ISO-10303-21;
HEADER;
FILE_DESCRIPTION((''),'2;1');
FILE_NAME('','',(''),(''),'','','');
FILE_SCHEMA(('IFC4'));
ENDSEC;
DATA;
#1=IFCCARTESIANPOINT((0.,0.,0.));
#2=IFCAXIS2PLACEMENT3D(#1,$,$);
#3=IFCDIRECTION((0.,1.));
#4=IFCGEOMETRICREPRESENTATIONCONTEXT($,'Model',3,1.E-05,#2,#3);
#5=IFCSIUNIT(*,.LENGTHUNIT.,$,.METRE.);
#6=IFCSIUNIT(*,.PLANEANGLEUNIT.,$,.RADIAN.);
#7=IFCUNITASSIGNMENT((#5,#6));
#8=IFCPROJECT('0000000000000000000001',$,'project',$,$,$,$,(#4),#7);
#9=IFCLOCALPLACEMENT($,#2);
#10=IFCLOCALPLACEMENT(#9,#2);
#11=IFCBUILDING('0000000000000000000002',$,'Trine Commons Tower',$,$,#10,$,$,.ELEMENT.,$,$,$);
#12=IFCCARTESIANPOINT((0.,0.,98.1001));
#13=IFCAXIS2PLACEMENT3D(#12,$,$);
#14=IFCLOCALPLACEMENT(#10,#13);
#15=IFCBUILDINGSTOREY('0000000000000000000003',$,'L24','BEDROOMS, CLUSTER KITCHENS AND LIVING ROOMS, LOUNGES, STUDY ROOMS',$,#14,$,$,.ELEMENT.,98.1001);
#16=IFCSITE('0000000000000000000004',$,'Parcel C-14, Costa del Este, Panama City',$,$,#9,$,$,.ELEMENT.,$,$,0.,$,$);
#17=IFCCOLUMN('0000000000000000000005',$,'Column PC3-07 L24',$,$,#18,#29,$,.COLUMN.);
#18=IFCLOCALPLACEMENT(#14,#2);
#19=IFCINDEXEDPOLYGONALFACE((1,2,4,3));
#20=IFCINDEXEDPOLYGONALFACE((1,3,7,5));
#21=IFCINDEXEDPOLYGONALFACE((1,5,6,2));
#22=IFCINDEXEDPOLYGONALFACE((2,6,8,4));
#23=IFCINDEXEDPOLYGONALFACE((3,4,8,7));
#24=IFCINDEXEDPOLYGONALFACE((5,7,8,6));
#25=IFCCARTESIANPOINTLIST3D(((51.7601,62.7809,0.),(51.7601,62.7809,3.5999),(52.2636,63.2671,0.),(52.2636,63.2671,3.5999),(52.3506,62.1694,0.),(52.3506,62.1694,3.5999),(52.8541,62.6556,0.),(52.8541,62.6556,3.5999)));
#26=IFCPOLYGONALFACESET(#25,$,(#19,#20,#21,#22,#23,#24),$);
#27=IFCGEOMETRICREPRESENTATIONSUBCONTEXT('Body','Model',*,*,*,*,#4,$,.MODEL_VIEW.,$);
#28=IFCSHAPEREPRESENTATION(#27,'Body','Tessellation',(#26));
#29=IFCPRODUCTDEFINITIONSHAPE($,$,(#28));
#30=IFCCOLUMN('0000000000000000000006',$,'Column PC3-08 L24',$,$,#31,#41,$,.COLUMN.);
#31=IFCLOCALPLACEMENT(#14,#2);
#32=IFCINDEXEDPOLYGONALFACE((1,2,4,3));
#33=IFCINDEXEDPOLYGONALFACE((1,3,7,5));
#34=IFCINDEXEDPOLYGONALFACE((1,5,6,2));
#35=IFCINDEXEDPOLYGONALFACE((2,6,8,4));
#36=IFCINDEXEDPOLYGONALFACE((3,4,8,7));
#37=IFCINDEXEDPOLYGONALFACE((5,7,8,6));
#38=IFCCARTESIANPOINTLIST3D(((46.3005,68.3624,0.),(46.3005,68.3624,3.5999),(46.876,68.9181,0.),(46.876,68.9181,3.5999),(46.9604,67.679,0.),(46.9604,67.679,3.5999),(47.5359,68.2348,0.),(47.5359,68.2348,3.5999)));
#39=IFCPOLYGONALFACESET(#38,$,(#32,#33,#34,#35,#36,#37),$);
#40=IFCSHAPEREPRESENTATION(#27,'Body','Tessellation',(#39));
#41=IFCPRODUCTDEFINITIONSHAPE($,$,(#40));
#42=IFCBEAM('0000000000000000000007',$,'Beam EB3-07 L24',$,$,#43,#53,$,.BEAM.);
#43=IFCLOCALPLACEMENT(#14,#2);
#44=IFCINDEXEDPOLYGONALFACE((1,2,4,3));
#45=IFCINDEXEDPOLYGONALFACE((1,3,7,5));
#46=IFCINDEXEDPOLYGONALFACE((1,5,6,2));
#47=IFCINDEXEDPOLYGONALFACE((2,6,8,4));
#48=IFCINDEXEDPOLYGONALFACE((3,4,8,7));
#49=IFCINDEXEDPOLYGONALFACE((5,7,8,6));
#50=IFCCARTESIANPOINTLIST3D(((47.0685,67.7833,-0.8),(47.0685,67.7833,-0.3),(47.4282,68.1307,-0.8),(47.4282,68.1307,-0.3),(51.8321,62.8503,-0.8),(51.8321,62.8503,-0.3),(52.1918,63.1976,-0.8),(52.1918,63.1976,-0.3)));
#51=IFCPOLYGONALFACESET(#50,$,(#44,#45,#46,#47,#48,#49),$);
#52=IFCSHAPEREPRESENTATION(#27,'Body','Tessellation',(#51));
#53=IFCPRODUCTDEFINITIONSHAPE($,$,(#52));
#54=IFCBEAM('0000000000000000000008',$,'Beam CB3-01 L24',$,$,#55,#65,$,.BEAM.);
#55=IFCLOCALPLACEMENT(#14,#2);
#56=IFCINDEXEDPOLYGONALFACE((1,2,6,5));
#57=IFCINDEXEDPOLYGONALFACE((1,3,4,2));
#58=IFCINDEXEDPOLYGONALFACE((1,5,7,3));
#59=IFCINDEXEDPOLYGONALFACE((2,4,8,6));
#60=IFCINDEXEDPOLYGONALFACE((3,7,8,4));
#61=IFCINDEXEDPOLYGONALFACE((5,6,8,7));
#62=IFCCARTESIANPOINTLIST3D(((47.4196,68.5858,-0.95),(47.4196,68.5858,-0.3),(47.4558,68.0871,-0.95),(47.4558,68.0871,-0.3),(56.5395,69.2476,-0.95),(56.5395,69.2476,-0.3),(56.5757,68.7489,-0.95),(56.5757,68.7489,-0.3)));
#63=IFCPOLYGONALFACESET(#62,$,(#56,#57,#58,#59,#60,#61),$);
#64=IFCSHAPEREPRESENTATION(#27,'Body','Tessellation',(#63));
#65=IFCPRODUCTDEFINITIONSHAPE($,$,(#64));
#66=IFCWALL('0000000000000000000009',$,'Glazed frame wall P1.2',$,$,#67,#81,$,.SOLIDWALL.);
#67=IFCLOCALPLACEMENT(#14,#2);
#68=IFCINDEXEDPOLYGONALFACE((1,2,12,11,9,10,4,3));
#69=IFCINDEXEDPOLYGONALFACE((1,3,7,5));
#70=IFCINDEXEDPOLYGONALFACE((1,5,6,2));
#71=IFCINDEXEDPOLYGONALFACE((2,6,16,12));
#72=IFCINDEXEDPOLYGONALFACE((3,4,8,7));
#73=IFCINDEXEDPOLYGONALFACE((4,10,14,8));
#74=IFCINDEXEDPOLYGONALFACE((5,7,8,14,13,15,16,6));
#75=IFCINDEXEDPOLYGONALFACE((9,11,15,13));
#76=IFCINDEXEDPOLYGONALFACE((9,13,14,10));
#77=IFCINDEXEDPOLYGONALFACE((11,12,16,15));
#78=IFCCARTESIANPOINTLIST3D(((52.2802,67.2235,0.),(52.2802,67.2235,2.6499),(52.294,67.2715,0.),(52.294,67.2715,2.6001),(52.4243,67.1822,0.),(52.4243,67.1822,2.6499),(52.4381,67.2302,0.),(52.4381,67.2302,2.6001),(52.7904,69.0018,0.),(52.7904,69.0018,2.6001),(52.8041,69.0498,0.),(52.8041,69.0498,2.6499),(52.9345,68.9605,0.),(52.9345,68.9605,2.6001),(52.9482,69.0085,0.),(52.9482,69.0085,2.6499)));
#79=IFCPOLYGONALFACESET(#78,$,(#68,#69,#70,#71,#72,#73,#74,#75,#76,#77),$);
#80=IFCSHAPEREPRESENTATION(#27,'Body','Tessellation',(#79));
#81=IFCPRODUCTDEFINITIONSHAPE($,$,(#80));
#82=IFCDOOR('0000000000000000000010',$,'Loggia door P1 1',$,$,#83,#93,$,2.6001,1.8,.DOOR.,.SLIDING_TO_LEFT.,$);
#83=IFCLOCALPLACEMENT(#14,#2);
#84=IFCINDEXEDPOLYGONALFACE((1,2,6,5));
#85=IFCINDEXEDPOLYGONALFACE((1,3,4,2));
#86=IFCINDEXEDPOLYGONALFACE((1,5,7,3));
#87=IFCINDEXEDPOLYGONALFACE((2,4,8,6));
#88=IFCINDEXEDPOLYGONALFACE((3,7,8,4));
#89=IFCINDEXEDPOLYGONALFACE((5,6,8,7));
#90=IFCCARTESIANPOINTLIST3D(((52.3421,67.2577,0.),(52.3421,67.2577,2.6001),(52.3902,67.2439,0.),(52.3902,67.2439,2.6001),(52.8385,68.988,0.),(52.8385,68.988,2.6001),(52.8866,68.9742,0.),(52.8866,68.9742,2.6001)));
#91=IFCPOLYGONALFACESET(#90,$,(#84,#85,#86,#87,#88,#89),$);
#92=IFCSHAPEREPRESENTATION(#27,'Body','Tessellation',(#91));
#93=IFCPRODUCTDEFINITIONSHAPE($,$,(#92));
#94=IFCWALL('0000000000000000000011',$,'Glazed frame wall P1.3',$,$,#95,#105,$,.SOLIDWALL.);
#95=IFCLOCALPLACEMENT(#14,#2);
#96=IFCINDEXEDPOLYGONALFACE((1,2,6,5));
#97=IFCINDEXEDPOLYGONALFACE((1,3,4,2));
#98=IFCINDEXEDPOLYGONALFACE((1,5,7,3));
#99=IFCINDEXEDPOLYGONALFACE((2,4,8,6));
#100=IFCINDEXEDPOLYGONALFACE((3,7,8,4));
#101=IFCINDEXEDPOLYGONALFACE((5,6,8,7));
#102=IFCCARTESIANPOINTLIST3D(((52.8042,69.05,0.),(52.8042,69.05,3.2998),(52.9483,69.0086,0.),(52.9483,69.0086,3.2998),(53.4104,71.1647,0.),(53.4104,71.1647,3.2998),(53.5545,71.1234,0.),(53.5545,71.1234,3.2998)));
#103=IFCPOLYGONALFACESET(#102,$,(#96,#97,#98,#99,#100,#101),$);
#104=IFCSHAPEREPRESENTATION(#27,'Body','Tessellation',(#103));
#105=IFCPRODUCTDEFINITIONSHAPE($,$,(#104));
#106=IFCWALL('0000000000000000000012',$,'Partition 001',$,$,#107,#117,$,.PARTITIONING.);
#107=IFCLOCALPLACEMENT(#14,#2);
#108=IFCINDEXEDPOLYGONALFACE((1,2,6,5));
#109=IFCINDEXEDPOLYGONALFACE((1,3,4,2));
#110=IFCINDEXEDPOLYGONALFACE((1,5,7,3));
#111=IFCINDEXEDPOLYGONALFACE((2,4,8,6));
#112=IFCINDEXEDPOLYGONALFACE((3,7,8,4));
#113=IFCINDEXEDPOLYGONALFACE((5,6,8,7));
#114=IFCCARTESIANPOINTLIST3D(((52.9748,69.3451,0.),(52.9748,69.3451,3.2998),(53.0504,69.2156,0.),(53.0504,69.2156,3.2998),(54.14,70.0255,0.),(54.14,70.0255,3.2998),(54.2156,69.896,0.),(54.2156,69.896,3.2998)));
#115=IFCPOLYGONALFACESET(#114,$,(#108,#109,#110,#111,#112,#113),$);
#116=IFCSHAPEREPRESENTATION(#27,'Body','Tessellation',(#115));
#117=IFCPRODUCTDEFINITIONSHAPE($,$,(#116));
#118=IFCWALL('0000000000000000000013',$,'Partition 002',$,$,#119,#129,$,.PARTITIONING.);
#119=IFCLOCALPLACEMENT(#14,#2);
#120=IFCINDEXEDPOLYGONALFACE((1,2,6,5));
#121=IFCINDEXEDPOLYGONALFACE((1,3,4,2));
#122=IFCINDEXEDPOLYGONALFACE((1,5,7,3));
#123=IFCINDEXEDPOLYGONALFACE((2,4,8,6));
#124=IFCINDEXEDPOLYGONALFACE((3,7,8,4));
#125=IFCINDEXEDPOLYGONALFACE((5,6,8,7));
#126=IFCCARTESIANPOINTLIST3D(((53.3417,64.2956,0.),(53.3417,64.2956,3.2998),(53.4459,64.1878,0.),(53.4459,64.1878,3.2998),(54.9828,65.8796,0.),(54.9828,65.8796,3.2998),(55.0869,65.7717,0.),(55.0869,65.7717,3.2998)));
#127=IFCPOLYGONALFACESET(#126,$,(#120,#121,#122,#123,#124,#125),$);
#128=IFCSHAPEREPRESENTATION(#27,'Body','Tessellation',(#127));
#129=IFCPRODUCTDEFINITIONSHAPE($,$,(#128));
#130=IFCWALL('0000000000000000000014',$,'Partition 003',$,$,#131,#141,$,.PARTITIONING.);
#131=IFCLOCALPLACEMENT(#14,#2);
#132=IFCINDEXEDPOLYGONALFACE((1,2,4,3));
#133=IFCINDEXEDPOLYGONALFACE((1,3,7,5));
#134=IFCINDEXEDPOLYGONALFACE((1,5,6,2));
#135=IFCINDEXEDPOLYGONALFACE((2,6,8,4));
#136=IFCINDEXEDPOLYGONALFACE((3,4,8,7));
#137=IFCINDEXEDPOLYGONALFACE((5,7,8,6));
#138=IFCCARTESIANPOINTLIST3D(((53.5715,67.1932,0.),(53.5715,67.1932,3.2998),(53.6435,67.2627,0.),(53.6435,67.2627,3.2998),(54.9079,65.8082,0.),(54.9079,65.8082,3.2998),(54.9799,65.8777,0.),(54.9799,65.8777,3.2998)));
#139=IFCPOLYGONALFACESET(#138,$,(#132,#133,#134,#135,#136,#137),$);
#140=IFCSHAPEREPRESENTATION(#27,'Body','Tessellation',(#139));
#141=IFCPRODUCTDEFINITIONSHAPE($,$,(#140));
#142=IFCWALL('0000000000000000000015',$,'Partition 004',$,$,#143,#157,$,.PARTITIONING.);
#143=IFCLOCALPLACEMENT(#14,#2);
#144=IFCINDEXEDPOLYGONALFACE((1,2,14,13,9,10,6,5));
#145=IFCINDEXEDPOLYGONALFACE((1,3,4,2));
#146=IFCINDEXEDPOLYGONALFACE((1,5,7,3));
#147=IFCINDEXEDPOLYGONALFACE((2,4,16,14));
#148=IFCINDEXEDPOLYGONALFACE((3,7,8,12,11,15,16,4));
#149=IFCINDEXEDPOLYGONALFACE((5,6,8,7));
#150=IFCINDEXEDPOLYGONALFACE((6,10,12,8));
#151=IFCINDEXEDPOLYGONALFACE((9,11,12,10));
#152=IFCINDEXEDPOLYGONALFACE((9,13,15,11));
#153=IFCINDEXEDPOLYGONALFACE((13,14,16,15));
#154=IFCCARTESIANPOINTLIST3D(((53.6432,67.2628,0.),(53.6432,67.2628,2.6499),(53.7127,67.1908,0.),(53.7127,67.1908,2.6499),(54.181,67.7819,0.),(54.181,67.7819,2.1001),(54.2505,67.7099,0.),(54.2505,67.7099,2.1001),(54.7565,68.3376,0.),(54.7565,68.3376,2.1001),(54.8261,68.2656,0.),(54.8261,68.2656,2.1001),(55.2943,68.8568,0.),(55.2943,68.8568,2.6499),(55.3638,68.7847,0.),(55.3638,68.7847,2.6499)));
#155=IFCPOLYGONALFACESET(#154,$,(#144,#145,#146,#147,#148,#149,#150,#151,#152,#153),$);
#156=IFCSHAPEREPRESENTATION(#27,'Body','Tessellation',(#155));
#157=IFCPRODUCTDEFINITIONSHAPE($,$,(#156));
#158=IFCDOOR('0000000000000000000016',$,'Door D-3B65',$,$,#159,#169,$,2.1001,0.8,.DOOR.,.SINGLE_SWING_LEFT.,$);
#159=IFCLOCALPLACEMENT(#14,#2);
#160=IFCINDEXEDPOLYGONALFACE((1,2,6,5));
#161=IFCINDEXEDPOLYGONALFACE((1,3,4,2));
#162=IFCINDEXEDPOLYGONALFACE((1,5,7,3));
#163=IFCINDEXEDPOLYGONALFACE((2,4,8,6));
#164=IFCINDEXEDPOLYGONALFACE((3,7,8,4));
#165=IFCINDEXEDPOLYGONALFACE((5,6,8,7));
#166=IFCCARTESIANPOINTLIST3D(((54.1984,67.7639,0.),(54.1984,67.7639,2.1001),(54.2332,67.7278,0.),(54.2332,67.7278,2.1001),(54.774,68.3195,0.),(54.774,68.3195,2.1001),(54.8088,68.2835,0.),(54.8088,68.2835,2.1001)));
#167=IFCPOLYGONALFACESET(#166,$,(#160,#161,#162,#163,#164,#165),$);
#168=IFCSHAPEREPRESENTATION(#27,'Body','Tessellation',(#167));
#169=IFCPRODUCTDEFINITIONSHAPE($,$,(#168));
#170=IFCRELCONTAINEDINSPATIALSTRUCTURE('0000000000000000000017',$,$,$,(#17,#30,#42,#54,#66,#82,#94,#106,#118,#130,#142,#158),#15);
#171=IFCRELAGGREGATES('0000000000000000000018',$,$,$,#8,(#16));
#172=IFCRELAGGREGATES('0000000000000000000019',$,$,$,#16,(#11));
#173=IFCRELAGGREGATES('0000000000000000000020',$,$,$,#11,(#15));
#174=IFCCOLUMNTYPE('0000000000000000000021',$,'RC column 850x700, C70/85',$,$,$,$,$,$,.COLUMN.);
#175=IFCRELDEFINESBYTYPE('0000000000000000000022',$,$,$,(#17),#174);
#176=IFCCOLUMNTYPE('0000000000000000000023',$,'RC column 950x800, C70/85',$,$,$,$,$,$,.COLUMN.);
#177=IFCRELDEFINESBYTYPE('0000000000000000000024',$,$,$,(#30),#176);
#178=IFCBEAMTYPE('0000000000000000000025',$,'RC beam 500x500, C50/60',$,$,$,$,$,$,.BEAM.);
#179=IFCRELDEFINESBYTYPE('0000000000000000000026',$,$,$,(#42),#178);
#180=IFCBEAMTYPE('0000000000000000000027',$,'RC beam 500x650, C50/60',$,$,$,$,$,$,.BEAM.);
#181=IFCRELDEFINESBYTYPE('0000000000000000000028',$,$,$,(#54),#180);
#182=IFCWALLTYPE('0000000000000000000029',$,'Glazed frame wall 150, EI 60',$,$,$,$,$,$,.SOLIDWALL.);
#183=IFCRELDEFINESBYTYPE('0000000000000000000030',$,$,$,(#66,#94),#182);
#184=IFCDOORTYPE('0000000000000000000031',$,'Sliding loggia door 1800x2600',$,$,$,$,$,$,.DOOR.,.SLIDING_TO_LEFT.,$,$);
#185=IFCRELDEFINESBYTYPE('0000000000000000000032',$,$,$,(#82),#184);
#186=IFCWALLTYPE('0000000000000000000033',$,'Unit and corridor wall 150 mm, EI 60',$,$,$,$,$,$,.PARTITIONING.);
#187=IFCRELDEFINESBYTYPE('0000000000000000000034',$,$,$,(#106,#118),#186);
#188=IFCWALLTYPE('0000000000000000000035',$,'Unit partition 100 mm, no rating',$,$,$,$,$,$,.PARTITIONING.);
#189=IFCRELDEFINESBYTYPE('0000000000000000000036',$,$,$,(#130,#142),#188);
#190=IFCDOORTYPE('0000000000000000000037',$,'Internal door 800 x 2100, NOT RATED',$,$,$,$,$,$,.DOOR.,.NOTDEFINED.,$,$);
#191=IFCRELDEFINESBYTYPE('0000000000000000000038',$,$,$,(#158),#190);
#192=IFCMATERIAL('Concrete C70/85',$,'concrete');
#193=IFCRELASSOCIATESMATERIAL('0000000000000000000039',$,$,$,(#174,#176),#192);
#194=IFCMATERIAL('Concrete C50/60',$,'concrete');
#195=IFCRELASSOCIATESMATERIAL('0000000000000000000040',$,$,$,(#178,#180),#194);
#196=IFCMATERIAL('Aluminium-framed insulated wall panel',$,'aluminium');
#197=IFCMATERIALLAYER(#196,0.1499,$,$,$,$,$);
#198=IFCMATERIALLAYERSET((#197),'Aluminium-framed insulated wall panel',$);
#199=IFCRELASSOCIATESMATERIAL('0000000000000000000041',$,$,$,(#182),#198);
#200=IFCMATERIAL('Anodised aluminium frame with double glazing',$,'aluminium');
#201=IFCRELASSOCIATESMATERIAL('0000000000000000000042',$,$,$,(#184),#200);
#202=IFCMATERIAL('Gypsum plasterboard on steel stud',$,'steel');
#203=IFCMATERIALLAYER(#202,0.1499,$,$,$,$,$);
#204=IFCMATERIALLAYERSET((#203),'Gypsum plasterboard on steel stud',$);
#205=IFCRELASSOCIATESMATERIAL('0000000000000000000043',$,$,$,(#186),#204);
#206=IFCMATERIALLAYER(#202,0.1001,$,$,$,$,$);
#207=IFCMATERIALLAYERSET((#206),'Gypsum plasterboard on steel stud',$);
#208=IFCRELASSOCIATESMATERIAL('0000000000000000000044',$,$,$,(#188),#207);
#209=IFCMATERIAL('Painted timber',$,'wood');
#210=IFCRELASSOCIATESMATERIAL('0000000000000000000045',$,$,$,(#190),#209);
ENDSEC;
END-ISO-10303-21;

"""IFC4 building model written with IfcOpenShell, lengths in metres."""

from ifc_helpers import new_model, si_unit, direction, frame, frame_2d, origin, origin_2d, place, context, subcontext, project, spatial, polyline, rectangle, outline, extrude, material, layer, layer_set, material_profile, profile_set, type_object, element, fill, save


model = new_model("IFC4")

# Units and contexts
model_context = context("Model", 3, precision=1e-05, world=origin(), true_north=direction((0.0, 1.0)))
body_context = subcontext(model_context, "Body", "Model", "MODEL_VIEW")
ifc_project = project(units=[si_unit("LENGTHUNIT", "METRE"), si_unit("PLANEANGLEUNIT", "RADIAN")], contexts=[model_context])

# Site, building, storey
site_placement = place(None, origin())
site = spatial("IfcSite", under=ifc_project, at=site_placement, Name="Parcel C-14, Costa del Este, Panama City", CompositionType="ELEMENT", RefElevation=0.0)
building_placement = place(site_placement, origin())
building = spatial("IfcBuilding", under=site, at=building_placement, Name="Trine Commons Tower", CompositionType="ELEMENT")
storey_placement = place(building_placement, frame((0.0, 0.0, 98.1001)))
storey = spatial("IfcBuildingStorey", under=building, at=storey_placement, Name="L24", Description="BEDROOMS, CLUSTER KITCHENS AND LIVING ROOMS, LOUNGES, STUDY ROOMS", CompositionType="ELEMENT", Elevation=98.1001)

# Columns
ifc_material_1 = material(Name="Concrete C70/85", Category="concrete")
ifc_material_profile_1 = material_profile(ifc_material_1, rectangle(XDim=0.8501, YDim=0.7, at=origin_2d()), Name="RC 850x700")
ifc_profile_set_1 = profile_set([ifc_material_profile_1], Name="Concrete C70/85")
column_type_1 = type_object("IfcColumnType", Name="RC column 850x700, C70/85", PredefinedType="COLUMN", material=ifc_profile_set_1)
column_1_placement = place(storey_placement, frame((52.3071, 62.7183, 0.0), z_axis=(0.0, 0.0, 1.0), x_axis=(-0.694658, 0.71934, 0.0)))
element("IfcColumn", 1, at=column_1_placement, inside=storey, type_object=column_type_1, Name="Column PC3-07 L24", PredefinedType="COLUMN", context=body_context, shape_type="SweptSolid", body=[
    extrude(rectangle(XDim=0.8501, YDim=0.7, at=origin_2d()), origin(), (0.0, 0.0, 1.0), 3.5999),
])
ifc_material_profile_2 = material_profile(ifc_material_1, rectangle(XDim=0.95, YDim=0.8, at=origin_2d()), Name="RC 950x800")
ifc_profile_set_2 = profile_set([ifc_material_profile_2], Name="Concrete C70/85")
column_type_2 = type_object("IfcColumnType", Name="RC column 950x800, C70/85", PredefinedType="COLUMN", material=ifc_profile_set_2)
column_2_placement = place(storey_placement, frame((46.9182, 68.2986, 0.0), z_axis=(0.0, 0.0, 1.0), x_axis=(-0.694658, 0.71934, 0.0)))
element("IfcColumn", 2, at=column_2_placement, inside=storey, type_object=column_type_2, Name="Column PC3-08 L24", PredefinedType="COLUMN", context=body_context, shape_type="SweptSolid", body=[
    extrude(rectangle(XDim=0.95, YDim=0.8, at=origin_2d()), origin(), (0.0, 0.0, 1.0), 3.5999),
])

# Beams
ifc_material_2 = material(Name="Concrete C50/60", Category="concrete")
ifc_material_profile_3 = material_profile(ifc_material_2, rectangle(XDim=0.5, YDim=0.5, at=origin_2d()), Name="RC 500x500")
ifc_profile_set_3 = profile_set([ifc_material_profile_3], Name="Concrete C50/60")
beam_type_1 = type_object("IfcBeamType", Name="RC beam 500x500, C50/60", PredefinedType="BEAM", material=ifc_profile_set_3)
beam_1_placement = place(storey_placement, frame((52.012, 63.0239, -0.55), z_axis=(-0.694645, 0.719352, 0.0), x_axis=(-0.719352, -0.694645, 0.0)))
element("IfcBeam", 3, at=beam_1_placement, inside=storey, type_object=beam_type_1, Name="Beam EB3-07 L24", PredefinedType="BEAM", context=body_context, shape_type="SweptSolid", body=[
    extrude(rectangle(XDim=0.5, YDim=0.5, at=origin_2d()), origin(), (0.0, 0.0, 1.0), 6.8577),
])
ifc_material_profile_4 = material_profile(ifc_material_2, rectangle(XDim=0.5, YDim=0.6499, at=origin_2d()), Name="RC 500x650")
ifc_profile_set_4 = profile_set([ifc_material_profile_4], Name="Concrete C50/60")
beam_type_2 = type_object("IfcBeamType", Name="RC beam 500x650, C50/60", PredefinedType="BEAM", material=ifc_profile_set_4)
beam_2_placement = place(storey_placement, frame((47.4377, 68.3364, -0.625), z_axis=(0.997377, 0.072384, 0.0), x_axis=(-0.072384, 0.997377, 0.0)))
element("IfcBeam", 4, at=beam_2_placement, inside=storey, type_object=beam_type_2, Name="Beam CB3-01 L24", PredefinedType="BEAM", context=body_context, shape_type="SweptSolid", body=[
    extrude(rectangle(XDim=0.5, YDim=0.6499, at=origin_2d()), origin(), (0.0, 0.0, 1.0), 9.1438),
])

# Shared definitions
ifc_material_3 = material(Name="Aluminium-framed insulated wall panel", Category="aluminium")
ifc_layer_1 = layer(ifc_material_3, 0.1499)
ifc_layer_set_1 = layer_set([ifc_layer_1], Name="Aluminium-framed insulated wall panel")
wall_type_1 = type_object("IfcWallType", Name="Glazed frame wall 150, EI 60", PredefinedType="SOLIDWALL", material=ifc_layer_set_1)

# Wall, opening, door
wall_1_placement = place(storey_placement, frame((52.3523, 67.2029, 0.0), z_axis=(0.0, 0.0, 1.0), x_axis=(0.275739, 0.961232, 0.0)))
wall_1 = element("IfcWall", 5, at=wall_1_placement, inside=storey, type_object=wall_type_1, Name="Glazed frame wall P1.2", PredefinedType="SOLIDWALL", context=body_context, shape_type="SweptSolid", body=[
    extrude(outline(polyline([(0.0, -0.075), (1.8999, -0.075), (1.8999, 0.075), (0.0, 0.075), (0.0, -0.075)])), origin(), (0.0, 0.0, 1.0), 2.6499),
])
opening_1_placement = place(wall_1_placement, frame((0.05, 0.0, 0.0)))
opening_1 = element("IfcOpeningElement", 6, at=opening_1_placement, cuts=wall_1, PredefinedType="OPENING", context=body_context, shape_type="SweptSolid", body=[
    extrude(rectangle(XDim=1.8, YDim=2.6001, at=frame_2d((0.8999, 1.3))), frame((0.0, 0.085, 0.0), z_axis=(0.0, -1.0, 0.0), x_axis=(1.0, 0.0, 0.0)), (0.0, 0.0, 1.0), 0.1699),
])
ifc_material_4 = material(Name="Anodised aluminium frame with double glazing", Category="aluminium")
door_type_1 = type_object("IfcDoorType", Name="Sliding loggia door 1800x2600", OperationType="SLIDING_TO_LEFT", PredefinedType="DOOR", material=ifc_material_4)
door_1_placement = place(opening_1_placement, origin())
door_1 = element("IfcDoor", 7, at=door_1_placement, inside=storey, type_object=door_type_1, Name="Loggia door P1 1", OperationType="SLIDING_TO_LEFT", OverallHeight=2.6001, OverallWidth=1.8, PredefinedType="DOOR", context=body_context, shape_type="SweptSolid", body=[
    extrude(rectangle(XDim=1.8, YDim=2.6001, at=frame_2d((0.8999, 1.3))), frame((0.0, 0.0249, 0.0), z_axis=(0.0, -1.0, 0.0), x_axis=(1.0, 0.0, 0.0)), (0.0, 0.0, 1.0), 0.05),
])
fill(opening_1, door_1)

# Walls
wall_2_placement = place(storey_placement, frame((52.8762, 69.0293, 0.0), z_axis=(0.0, 0.0, 1.0), x_axis=(0.275556, 0.961285, 0.0)))
element("IfcWall", 8, at=wall_2_placement, inside=storey, type_object=wall_type_1, Name="Glazed frame wall P1.3", PredefinedType="SOLIDWALL", context=body_context, shape_type="SweptSolid", body=[
    extrude(outline(polyline([(0.0, -0.075), (2.2, -0.075), (2.2, 0.075), (0.0, 0.075), (0.0, -0.075)])), origin(), (0.0, 0.0, 1.0), 3.2998),
])
ifc_material_5 = material(Name="Gypsum plasterboard on steel stud", Category="steel")
ifc_layer_2 = layer(ifc_material_5, 0.1499)
ifc_layer_set_2 = layer_set([ifc_layer_2], Name="Gypsum plasterboard on steel stud")
wall_type_2 = type_object("IfcWallType", Name="Unit and corridor wall 150 mm, EI 60", PredefinedType="PARTITIONING", material=ifc_layer_set_2)
wall_3_placement = place(storey_placement, frame((53.0125, 69.2803, 0.0), z_axis=(0.0, 0.0, 1.0), x_axis=(0.863562, 0.504242, 0.0)))
element("IfcWall", 9, at=wall_3_placement, inside=storey, type_object=wall_type_2, Name="Partition 001", PredefinedType="PARTITIONING", context=body_context, shape_type="SweptSolid", body=[
    extrude(rectangle(XDim=1.3494, YDim=0.1499, at=frame_2d((0.6748, 0.0))), origin(), (0.0, 0.0, 1.0), 3.2998),
])
wall_4_placement = place(storey_placement, frame((53.3938, 64.2417, 0.0), z_axis=(0.0, 0.0, 1.0), x_axis=(0.719519, 0.694472, 0.0)))
element("IfcWall", 10, at=wall_4_placement, inside=storey, type_object=wall_type_2, Name="Partition 002", PredefinedType="PARTITIONING", context=body_context, shape_type="SweptSolid", body=[
    extrude(rectangle(XDim=2.2808, YDim=0.1499, at=frame_2d((1.1404, 0.0))), origin(), (0.0, 0.0, 1.0), 3.2998),
])
ifc_layer_3 = layer(ifc_material_5, 0.1001)
ifc_layer_set_3 = layer_set([ifc_layer_3], Name="Gypsum plasterboard on steel stud")
wall_type_3 = type_object("IfcWallType", Name="Unit partition 100 mm, no rating", PredefinedType="PARTITIONING", material=ifc_layer_set_3)
wall_5_placement = place(storey_placement, frame((53.6074, 67.228, 0.0), z_axis=(0.0, 0.0, 1.0), x_axis=(0.694373, -0.719616, 0.0)))
element("IfcWall", 11, at=wall_5_placement, inside=storey, type_object=wall_type_3, Name="Partition 003", PredefinedType="PARTITIONING", context=body_context, shape_type="SweptSolid", body=[
    extrude(rectangle(XDim=1.9246, YDim=0.1001, at=frame_2d((0.9624, 0.0))), origin(), (0.0, 0.0, 1.0), 3.2998),
])

# Wall, opening, door
wall_6_placement = place(storey_placement, frame((53.678, 67.2268, 0.0), z_axis=(0.0, 0.0, 1.0), x_axis=(0.719444, 0.694551, 0.0)))
wall_6 = element("IfcWall", 12, at=wall_6_placement, inside=storey, type_object=wall_type_3, Name="Partition 004", PredefinedType="PARTITIONING", context=body_context, shape_type="SweptSolid", body=[
    extrude(rectangle(XDim=2.2949, YDim=0.1001, at=frame_2d((1.1475, 0.0))), origin(), (0.0, 0.0, 1.0), 2.6499),
])
opening_2_placement = place(wall_6_placement, frame((0.7476, 0.0, 0.0)))
opening_2 = element("IfcOpeningElement", 13, at=opening_2_placement, cuts=wall_6, PredefinedType="OPENING", context=body_context, shape_type="SweptSolid", body=[
    extrude(rectangle(XDim=0.8, YDim=2.1001, at=frame_2d((0.3999, 1.05))), frame((0.0, 0.0601, 0.0), z_axis=(0.0, -1.0, 0.0), x_axis=(1.0, 0.0, 0.0)), (0.0, 0.0, 1.0), 0.1201),
])
ifc_material_6 = material(Name="Painted timber", Category="wood")
door_type_2 = type_object("IfcDoorType", Name="Internal door 800 x 2100, NOT RATED", OperationType="NOTDEFINED", PredefinedType="DOOR", material=ifc_material_6)
door_2_placement = place(opening_2_placement, origin())
door_2 = element("IfcDoor", 14, at=door_2_placement, inside=storey, type_object=door_type_2, Name="Door D-3B65", OperationType="SINGLE_SWING_LEFT", OverallHeight=2.1001, OverallWidth=0.8, PredefinedType="DOOR", context=body_context, shape_type="SweptSolid", body=[
    extrude(rectangle(XDim=0.8, YDim=2.1001, at=frame_2d((0.3999, 1.05))), frame((0.0, 0.0249, 0.0), z_axis=(0.0, -1.0, 0.0), x_axis=(1.0, 0.0, 0.0)), (0.0, 0.0, 1.0), 0.05),
])
fill(opening_2, door_2)

save(model, "model.ifc")
